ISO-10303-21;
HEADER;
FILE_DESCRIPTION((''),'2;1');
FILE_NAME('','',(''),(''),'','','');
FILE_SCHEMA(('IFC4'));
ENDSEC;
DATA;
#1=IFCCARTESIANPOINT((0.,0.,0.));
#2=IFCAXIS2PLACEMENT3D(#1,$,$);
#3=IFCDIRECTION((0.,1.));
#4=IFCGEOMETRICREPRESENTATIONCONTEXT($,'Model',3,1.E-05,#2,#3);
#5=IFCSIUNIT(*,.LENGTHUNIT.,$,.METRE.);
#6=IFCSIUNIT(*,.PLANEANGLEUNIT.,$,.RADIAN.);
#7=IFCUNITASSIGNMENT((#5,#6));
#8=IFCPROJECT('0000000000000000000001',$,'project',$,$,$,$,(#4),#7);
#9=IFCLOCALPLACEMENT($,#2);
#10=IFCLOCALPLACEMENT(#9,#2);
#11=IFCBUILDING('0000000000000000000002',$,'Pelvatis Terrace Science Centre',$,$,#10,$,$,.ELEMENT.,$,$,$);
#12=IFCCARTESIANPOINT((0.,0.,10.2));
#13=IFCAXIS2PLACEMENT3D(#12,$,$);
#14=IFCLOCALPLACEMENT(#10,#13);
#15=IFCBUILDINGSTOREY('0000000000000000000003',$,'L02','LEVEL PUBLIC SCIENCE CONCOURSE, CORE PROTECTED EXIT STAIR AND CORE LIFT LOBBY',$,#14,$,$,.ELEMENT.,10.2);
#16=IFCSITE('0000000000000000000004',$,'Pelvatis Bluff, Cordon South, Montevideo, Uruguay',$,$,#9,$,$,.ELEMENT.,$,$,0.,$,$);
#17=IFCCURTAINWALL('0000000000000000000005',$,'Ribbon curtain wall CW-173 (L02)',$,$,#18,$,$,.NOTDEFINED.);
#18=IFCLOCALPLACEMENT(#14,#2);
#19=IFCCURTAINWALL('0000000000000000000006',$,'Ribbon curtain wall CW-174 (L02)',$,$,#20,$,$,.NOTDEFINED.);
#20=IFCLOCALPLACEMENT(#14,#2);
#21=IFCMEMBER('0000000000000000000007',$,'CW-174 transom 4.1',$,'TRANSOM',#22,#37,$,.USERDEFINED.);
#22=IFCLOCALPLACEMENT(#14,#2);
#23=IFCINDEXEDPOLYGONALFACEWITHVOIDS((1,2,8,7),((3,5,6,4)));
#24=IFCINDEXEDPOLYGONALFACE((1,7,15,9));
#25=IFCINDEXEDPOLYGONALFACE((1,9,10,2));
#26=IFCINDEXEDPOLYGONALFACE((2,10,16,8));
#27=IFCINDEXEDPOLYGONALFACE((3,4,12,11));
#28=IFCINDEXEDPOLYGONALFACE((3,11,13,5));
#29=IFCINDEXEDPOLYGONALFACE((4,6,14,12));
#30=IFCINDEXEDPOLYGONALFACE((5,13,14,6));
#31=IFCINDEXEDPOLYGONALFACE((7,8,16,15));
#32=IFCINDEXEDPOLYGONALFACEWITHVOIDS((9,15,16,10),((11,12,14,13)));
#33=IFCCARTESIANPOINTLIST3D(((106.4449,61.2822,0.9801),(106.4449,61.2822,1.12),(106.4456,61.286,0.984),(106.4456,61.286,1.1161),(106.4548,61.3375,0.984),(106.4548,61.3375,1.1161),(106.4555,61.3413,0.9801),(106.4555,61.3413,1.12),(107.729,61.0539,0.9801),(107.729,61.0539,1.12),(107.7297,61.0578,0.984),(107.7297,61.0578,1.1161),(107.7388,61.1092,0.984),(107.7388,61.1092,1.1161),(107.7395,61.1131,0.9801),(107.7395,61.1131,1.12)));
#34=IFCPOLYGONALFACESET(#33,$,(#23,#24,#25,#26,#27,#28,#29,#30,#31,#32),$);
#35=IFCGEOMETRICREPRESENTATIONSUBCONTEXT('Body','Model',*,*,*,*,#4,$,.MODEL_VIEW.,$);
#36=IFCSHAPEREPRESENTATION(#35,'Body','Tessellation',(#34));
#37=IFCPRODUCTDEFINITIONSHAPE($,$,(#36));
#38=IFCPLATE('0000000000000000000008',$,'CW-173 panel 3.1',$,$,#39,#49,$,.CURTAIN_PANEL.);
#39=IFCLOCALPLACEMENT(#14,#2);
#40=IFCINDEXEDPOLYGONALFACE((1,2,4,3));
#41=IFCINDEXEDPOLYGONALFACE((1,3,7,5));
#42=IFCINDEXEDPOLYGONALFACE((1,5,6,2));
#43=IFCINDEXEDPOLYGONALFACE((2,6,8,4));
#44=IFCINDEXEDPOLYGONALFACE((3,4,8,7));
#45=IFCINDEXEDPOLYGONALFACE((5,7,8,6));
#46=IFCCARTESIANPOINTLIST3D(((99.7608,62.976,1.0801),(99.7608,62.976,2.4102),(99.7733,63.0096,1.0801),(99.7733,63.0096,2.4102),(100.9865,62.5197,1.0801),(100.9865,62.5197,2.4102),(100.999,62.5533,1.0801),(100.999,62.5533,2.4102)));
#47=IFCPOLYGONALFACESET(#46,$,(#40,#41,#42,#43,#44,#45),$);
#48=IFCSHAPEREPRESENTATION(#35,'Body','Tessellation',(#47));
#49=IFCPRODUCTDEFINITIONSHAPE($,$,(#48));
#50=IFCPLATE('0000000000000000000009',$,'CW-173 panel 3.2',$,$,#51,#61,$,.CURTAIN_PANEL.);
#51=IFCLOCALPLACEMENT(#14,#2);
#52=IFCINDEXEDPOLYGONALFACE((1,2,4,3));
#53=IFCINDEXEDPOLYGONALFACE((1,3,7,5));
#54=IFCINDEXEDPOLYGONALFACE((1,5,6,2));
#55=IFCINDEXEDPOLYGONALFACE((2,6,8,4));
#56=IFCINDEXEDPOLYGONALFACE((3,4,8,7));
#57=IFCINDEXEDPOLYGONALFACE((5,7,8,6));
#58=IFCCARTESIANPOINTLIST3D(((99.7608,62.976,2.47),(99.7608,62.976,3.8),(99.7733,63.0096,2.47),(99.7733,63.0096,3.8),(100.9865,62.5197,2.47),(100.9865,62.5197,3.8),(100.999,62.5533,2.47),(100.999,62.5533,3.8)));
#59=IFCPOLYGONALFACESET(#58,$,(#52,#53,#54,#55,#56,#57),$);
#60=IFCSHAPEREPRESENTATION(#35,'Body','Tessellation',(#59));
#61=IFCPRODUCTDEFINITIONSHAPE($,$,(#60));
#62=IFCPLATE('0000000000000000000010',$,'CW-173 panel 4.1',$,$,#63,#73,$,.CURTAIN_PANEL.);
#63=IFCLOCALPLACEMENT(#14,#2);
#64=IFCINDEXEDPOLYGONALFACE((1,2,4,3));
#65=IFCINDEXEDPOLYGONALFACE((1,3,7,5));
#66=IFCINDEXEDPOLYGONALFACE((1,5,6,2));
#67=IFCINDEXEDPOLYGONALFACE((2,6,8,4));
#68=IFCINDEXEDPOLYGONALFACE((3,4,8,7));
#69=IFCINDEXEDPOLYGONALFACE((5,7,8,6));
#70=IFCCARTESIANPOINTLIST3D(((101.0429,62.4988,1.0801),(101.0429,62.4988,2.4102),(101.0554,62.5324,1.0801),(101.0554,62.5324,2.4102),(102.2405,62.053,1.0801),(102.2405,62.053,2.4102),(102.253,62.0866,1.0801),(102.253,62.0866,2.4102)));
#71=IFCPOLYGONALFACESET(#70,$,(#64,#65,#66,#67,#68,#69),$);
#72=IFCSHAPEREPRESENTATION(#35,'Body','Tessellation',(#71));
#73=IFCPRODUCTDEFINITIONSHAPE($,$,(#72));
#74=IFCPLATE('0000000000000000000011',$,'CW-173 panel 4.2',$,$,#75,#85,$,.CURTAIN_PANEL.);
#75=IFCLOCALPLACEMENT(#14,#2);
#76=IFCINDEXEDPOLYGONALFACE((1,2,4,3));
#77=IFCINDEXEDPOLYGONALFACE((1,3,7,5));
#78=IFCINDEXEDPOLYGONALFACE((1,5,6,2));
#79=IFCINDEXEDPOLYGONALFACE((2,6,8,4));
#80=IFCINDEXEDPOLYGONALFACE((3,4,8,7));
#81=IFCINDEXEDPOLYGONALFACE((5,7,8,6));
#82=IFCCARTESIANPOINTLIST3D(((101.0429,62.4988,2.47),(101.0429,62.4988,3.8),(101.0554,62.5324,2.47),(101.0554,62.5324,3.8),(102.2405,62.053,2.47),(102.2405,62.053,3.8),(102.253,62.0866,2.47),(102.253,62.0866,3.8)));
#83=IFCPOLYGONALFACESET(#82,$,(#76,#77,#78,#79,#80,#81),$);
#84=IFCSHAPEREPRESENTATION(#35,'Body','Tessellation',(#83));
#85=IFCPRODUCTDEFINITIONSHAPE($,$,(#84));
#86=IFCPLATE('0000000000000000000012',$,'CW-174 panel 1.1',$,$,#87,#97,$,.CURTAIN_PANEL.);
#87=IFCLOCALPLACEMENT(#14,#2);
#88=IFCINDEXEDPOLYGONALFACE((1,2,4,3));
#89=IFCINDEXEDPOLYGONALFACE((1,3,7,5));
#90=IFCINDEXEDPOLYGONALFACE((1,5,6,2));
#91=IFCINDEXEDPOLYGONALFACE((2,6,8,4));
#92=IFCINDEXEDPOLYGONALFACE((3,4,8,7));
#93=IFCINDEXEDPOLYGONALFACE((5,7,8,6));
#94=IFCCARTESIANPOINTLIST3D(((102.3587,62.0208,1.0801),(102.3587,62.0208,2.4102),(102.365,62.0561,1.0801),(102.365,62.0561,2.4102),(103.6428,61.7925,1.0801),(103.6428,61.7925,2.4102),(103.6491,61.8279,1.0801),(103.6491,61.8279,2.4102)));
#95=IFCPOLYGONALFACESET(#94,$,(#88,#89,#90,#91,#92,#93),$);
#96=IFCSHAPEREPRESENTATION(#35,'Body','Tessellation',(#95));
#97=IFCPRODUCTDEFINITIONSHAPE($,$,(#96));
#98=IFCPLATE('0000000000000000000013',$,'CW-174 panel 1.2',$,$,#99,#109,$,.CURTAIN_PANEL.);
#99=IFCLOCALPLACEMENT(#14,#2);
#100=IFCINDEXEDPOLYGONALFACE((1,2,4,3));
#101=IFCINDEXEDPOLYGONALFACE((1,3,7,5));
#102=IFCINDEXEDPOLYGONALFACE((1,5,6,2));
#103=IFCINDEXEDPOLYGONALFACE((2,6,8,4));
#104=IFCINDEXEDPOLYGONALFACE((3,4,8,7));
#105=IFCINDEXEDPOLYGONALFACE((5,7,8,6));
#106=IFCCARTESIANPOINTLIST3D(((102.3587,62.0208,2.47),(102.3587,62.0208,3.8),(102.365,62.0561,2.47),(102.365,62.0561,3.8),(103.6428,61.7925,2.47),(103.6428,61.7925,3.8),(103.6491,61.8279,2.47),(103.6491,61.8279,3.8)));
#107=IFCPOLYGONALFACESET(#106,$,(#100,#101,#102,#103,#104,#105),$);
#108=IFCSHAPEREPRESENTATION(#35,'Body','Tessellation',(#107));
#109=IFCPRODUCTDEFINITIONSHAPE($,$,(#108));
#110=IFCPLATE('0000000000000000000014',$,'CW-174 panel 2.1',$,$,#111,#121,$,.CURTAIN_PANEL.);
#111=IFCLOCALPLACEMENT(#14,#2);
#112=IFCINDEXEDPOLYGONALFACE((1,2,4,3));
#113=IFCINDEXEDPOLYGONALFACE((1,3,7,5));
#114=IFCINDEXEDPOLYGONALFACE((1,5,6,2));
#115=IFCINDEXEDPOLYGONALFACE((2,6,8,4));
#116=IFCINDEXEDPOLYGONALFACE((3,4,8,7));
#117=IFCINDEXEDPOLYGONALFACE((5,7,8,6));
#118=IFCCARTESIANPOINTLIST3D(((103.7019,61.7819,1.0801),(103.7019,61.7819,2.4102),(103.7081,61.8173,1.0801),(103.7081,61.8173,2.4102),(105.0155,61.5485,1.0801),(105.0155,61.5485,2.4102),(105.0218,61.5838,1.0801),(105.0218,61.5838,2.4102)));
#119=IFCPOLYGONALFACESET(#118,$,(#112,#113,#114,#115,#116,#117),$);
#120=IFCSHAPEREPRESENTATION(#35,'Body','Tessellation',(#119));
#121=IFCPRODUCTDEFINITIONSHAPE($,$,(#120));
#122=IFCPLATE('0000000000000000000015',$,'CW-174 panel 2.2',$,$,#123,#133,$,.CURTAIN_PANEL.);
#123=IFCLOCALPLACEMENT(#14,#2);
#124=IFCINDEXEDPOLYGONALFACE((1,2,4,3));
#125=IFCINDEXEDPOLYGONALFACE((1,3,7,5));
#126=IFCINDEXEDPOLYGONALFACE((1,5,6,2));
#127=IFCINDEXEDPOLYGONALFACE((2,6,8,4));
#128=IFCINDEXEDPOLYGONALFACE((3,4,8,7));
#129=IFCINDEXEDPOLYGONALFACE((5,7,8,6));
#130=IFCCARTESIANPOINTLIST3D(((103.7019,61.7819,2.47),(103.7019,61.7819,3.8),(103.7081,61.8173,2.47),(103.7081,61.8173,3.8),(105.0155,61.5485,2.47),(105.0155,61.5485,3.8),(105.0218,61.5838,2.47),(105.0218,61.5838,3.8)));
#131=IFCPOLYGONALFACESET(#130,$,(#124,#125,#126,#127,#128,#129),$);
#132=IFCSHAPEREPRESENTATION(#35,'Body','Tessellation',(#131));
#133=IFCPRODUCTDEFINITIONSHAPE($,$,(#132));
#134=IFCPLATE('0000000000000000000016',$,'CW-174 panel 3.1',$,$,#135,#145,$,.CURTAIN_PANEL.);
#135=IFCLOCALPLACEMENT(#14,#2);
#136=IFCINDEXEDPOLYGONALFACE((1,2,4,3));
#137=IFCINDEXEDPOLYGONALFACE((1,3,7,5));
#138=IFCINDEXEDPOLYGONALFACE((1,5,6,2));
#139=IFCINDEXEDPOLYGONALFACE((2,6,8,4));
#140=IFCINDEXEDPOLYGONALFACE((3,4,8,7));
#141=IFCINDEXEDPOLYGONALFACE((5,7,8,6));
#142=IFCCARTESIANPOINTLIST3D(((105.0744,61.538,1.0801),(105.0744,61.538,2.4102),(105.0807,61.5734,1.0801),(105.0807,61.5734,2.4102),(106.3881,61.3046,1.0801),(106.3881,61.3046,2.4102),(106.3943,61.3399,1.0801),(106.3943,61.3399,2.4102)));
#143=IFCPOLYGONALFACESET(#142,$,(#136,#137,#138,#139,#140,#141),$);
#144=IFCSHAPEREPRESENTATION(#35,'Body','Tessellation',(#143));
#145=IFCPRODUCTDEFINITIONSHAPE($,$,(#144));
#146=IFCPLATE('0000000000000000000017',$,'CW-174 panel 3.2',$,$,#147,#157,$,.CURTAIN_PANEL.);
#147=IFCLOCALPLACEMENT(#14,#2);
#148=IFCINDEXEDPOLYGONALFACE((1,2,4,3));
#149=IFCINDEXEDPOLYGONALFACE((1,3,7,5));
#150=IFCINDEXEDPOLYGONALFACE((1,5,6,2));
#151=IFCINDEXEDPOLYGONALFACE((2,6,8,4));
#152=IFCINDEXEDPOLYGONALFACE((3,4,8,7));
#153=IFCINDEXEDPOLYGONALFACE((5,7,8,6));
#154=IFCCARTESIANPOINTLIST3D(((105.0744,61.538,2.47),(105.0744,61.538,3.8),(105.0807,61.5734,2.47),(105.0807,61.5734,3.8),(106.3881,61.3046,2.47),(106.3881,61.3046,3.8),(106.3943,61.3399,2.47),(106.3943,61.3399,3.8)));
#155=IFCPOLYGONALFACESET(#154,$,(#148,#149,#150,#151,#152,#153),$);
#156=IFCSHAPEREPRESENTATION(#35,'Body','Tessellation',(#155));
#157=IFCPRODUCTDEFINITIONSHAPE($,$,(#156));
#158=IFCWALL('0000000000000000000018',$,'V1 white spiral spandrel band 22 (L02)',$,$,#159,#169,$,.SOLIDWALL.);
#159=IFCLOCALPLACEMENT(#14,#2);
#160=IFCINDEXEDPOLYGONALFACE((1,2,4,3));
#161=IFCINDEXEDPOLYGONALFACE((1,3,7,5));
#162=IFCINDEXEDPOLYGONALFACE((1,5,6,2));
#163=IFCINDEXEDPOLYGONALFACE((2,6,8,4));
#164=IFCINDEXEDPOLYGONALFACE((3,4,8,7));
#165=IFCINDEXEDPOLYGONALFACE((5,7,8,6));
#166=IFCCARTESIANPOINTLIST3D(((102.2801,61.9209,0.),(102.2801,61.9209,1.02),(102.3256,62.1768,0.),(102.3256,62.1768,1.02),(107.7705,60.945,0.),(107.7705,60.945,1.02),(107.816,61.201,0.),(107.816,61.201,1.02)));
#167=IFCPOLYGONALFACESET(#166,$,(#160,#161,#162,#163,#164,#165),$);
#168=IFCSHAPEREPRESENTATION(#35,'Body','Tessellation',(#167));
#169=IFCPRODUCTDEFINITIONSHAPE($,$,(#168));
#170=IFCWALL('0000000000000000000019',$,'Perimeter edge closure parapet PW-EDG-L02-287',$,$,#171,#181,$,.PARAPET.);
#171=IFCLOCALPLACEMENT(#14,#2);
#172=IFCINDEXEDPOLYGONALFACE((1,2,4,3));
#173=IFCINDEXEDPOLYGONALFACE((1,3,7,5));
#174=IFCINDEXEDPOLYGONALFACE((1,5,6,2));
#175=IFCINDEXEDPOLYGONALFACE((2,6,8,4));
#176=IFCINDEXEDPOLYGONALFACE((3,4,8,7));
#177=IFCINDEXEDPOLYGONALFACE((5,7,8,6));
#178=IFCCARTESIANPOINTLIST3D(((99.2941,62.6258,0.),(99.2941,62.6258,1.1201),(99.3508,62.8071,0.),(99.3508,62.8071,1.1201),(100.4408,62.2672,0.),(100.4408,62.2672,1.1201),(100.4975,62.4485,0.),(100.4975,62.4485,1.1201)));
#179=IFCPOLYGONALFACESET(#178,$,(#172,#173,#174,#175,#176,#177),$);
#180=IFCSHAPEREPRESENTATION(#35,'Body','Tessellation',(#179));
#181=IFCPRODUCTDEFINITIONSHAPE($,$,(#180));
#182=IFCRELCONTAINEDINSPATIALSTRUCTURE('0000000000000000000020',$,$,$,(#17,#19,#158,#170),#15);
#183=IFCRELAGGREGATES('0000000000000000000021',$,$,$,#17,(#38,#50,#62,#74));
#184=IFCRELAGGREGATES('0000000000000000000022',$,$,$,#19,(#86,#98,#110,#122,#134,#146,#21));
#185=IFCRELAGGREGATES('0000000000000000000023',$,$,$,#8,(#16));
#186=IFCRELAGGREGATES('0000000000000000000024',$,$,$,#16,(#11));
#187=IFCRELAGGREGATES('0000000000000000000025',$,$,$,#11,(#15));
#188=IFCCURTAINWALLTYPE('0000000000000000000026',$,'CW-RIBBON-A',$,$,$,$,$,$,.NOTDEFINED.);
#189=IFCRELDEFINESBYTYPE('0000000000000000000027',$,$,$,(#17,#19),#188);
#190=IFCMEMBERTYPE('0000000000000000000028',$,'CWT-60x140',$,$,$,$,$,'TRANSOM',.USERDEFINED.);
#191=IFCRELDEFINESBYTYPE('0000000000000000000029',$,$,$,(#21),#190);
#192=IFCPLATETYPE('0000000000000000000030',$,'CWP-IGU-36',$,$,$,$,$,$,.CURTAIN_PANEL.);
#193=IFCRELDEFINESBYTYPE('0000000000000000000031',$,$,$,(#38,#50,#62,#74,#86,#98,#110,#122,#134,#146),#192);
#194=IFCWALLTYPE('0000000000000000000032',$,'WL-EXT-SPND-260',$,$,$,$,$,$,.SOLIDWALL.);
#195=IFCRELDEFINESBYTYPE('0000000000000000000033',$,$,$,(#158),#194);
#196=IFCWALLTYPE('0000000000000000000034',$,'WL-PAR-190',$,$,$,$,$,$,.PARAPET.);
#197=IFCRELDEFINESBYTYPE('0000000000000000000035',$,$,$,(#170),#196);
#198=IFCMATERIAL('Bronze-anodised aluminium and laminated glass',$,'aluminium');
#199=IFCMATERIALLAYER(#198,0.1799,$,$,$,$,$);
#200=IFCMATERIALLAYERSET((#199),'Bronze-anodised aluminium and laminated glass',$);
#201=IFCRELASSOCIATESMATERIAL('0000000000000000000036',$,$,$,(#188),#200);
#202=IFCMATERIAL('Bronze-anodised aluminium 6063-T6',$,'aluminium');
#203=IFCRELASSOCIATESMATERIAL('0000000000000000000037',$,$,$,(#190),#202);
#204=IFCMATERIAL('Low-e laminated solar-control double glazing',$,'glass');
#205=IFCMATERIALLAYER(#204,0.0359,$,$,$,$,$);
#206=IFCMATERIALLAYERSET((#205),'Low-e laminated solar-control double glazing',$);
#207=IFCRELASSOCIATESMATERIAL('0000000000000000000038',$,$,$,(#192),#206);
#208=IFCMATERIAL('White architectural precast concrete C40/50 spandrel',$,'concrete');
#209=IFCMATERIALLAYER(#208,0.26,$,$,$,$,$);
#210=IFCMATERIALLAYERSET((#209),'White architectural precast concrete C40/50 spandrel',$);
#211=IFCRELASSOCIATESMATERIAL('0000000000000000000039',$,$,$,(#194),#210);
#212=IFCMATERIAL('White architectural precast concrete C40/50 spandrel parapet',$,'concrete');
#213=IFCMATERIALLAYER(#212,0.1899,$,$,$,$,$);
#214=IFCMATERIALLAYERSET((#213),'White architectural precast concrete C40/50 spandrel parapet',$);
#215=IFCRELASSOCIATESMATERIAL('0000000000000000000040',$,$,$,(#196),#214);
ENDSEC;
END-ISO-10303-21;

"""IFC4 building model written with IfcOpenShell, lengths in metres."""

from ifc_helpers import new_model, si_unit, direction, frame, frame_2d, origin, origin_2d, place, context, subcontext, project, spatial, rectangle, hollow_rectangle, extrude, material, layer, layer_set, material_profile, profile_set, type_object, element, aggregate, save


model = new_model("IFC4")

# Units and contexts
model_context = context("Model", 3, precision=1e-05, world=origin(), true_north=direction((0.0, 1.0)))
body_context = subcontext(model_context, "Body", "Model", "MODEL_VIEW")
ifc_project = project(units=[si_unit("LENGTHUNIT", "METRE"), si_unit("PLANEANGLEUNIT", "RADIAN")], contexts=[model_context])

# Site, building, storey
site_placement = place(None, origin())
site = spatial("IfcSite", under=ifc_project, at=site_placement, Name="Pelvatis Bluff, Cordon South, Montevideo, Uruguay", CompositionType="ELEMENT", RefElevation=0.0)
building_placement = place(site_placement, origin())
building = spatial("IfcBuilding", under=site, at=building_placement, Name="Pelvatis Terrace Science Centre", CompositionType="ELEMENT")
storey_placement = place(building_placement, frame((0.0, 0.0, 10.2)))
storey = spatial("IfcBuildingStorey", under=building, at=storey_placement, Name="L02", Description="LEVEL PUBLIC SCIENCE CONCOURSE, CORE PROTECTED EXIT STAIR AND CORE LIFT LOBBY", CompositionType="ELEMENT", Elevation=10.2)

# Curtain walls
ifc_material_1 = material(Name="Bronze-anodised aluminium and laminated glass", Category="aluminium")
ifc_layer_1 = layer(ifc_material_1, 0.1799)
ifc_layer_set_1 = layer_set([ifc_layer_1], Name="Bronze-anodised aluminium and laminated glass")
curtain_wall_type = type_object("IfcCurtainWallType", Name="CW-RIBBON-A", PredefinedType="NOTDEFINED", material=ifc_layer_set_1)
curtain_wall_1_placement = place(storey_placement, origin())
curtain_wall_1 = element("IfcCurtainWall", 1, at=curtain_wall_1_placement, inside=storey, type_object=curtain_wall_type, Name="Ribbon curtain wall CW-173 (L02)", PredefinedType="NOTDEFINED")
curtain_wall_2_placement = place(storey_placement, origin())
curtain_wall_2 = element("IfcCurtainWall", 2, at=curtain_wall_2_placement, inside=storey, type_object=curtain_wall_type, Name="Ribbon curtain wall CW-174 (L02)", PredefinedType="NOTDEFINED")

# Member
ifc_material_2 = material(Name="Bronze-anodised aluminium 6063-T6", Category="aluminium")
ifc_material_profile_1 = material_profile(ifc_material_2, hollow_rectangle(XDim=0.0601, YDim=0.1399, WallThickness=0.0039, at=origin_2d()), Name="ALU-TRN 60x140")
ifc_profile_set_1 = profile_set([ifc_material_profile_1], Name="Bronze-anodised aluminium 6063-T6")
member_type_1 = type_object("IfcMemberType", Name="CWT-60x140", ElementType="TRANSOM", PredefinedType="USERDEFINED", material=ifc_profile_set_1)
member_1_placement = place(storey_placement, frame((106.4502, 61.3118, 1.05), z_axis=(0.984566, -0.175013, 0.0), x_axis=(0.175013, 0.984566, 0.0)))
member_1 = element("IfcMember", 3, at=member_1_placement, type_object=member_type_1, Name="CW-174 transom 4.1", ObjectType="TRANSOM", PredefinedType="USERDEFINED", context=body_context, shape_type="SweptSolid", body=[
    extrude(hollow_rectangle(XDim=0.0601, YDim=0.1399, WallThickness=0.0039, at=origin_2d()), origin(), (0.0, 0.0, 1.0), 1.3042),
])

# Plates
ifc_material_3 = material(Name="Low-e laminated solar-control double glazing", Category="glass")
ifc_layer_2 = layer(ifc_material_3, 0.0359)
ifc_layer_set_2 = layer_set([ifc_layer_2], Name="Low-e laminated solar-control double glazing")
plate_type = type_object("IfcPlateType", Name="CWP-IGU-36", PredefinedType="CURTAIN_PANEL", material=ifc_layer_set_2)
plate_1_placement = place(storey_placement, frame((100.3799, 62.7646, 1.0801), z_axis=(0.0, 0.0, 1.0), x_axis=(0.937171, -0.348869, 0.0)))
plate_1 = element("IfcPlate", 4, at=plate_1_placement, type_object=plate_type, Name="CW-173 panel 3.1", PredefinedType="CURTAIN_PANEL", context=body_context, shape_type="SweptSolid", body=[
    extrude(rectangle(XDim=1.3079, YDim=0.0359, at=origin_2d()), origin(), (0.0, 0.0, 1.0), 1.3301),
])
plate_2_placement = place(storey_placement, frame((100.3799, 62.7646, 2.47), z_axis=(0.0, 0.0, 1.0), x_axis=(0.937171, -0.348869, 0.0)))
plate_2 = element("IfcPlate", 5, at=plate_2_placement, type_object=plate_type, Name="CW-173 panel 3.2", PredefinedType="CURTAIN_PANEL", context=body_context, shape_type="SweptSolid", body=[
    extrude(rectangle(XDim=1.3079, YDim=0.0359, at=origin_2d()), origin(), (0.0, 0.0, 1.0), 1.3301),
])
plate_3_placement = place(storey_placement, frame((101.6479, 62.2927, 1.0801), z_axis=(0.0, 0.0, 1.0), x_axis=(0.937171, -0.348869, 0.0)))
plate_3 = element("IfcPlate", 6, at=plate_3_placement, type_object=plate_type, Name="CW-173 panel 4.1", PredefinedType="CURTAIN_PANEL", context=body_context, shape_type="SweptSolid", body=[
    extrude(rectangle(XDim=1.2778, YDim=0.0359, at=origin_2d()), origin(), (0.0, 0.0, 1.0), 1.3301),
])
plate_4_placement = place(storey_placement, frame((101.6479, 62.2927, 2.47), z_axis=(0.0, 0.0, 1.0), x_axis=(0.937171, -0.348869, 0.0)))
plate_4 = element("IfcPlate", 7, at=plate_4_placement, type_object=plate_type, Name="CW-173 panel 4.2", PredefinedType="CURTAIN_PANEL", context=body_context, shape_type="SweptSolid", body=[
    extrude(rectangle(XDim=1.2778, YDim=0.0359, at=origin_2d()), origin(), (0.0, 0.0, 1.0), 1.3301),
])
aggregate(curtain_wall_1, [plate_1, plate_2, plate_3, plate_4])
plate_5_placement = place(storey_placement, frame((103.0039, 61.9243, 1.0801), z_axis=(0.0, 0.0, 1.0), x_axis=(0.984571, -0.174983, 0.0)))
plate_5 = element("IfcPlate", 8, at=plate_5_placement, type_object=plate_type, Name="CW-174 panel 1.1", PredefinedType="CURTAIN_PANEL", context=body_context, shape_type="SweptSolid", body=[
    extrude(rectangle(XDim=1.3042, YDim=0.0359, at=origin_2d()), origin(), (0.0, 0.0, 1.0), 1.3301),
])
plate_6_placement = place(storey_placement, frame((103.0039, 61.9243, 2.47), z_axis=(0.0, 0.0, 1.0), x_axis=(0.984571, -0.174983, 0.0)))
plate_6 = element("IfcPlate", 9, at=plate_6_placement, type_object=plate_type, Name="CW-174 panel 1.2", PredefinedType="CURTAIN_PANEL", context=body_context, shape_type="SweptSolid", body=[
    extrude(rectangle(XDim=1.3042, YDim=0.0359, at=origin_2d()), origin(), (0.0, 0.0, 1.0), 1.3301),
])
plate_7_placement = place(storey_placement, frame((104.3618, 61.6829, 1.0801), z_axis=(0.0, 0.0, 1.0), x_axis=(0.984571, -0.174983, 0.0)))
plate_7 = element("IfcPlate", 10, at=plate_7_placement, type_object=plate_type, Name="CW-174 panel 2.1", PredefinedType="CURTAIN_PANEL", context=body_context, shape_type="SweptSolid", body=[
    extrude(rectangle(XDim=1.3342, YDim=0.0359, at=origin_2d()), origin(), (0.0, 0.0, 1.0), 1.3301),
])
plate_8_placement = place(storey_placement, frame((104.3618, 61.6829, 2.47), z_axis=(0.0, 0.0, 1.0), x_axis=(0.984571, -0.174983, 0.0)))
plate_8 = element("IfcPlate", 11, at=plate_8_placement, type_object=plate_type, Name="CW-174 panel 2.2", PredefinedType="CURTAIN_PANEL", context=body_context, shape_type="SweptSolid", body=[
    extrude(rectangle(XDim=1.3342, YDim=0.0359, at=origin_2d()), origin(), (0.0, 0.0, 1.0), 1.3301),
])
plate_9_placement = place(storey_placement, frame((105.7344, 61.439, 1.0801), z_axis=(0.0, 0.0, 1.0), x_axis=(0.984571, -0.174983, 0.0)))
plate_9 = element("IfcPlate", 12, at=plate_9_placement, type_object=plate_type, Name="CW-174 panel 3.1", PredefinedType="CURTAIN_PANEL", context=body_context, shape_type="SweptSolid", body=[
    extrude(rectangle(XDim=1.3342, YDim=0.0359, at=origin_2d()), origin(), (0.0, 0.0, 1.0), 1.3301),
])
plate_10_placement = place(storey_placement, frame((105.7344, 61.439, 2.47), z_axis=(0.0, 0.0, 1.0), x_axis=(0.984571, -0.174983, 0.0)))
plate_10 = element("IfcPlate", 13, at=plate_10_placement, type_object=plate_type, Name="CW-174 panel 3.2", PredefinedType="CURTAIN_PANEL", context=body_context, shape_type="SweptSolid", body=[
    extrude(rectangle(XDim=1.3342, YDim=0.0359, at=origin_2d()), origin(), (0.0, 0.0, 1.0), 1.3301),
])
aggregate(curtain_wall_2, [plate_5, plate_6, plate_7, plate_8, plate_9, plate_10, member_1])

# Walls
ifc_material_4 = material(Name="White architectural precast concrete C40/50 spandrel", Category="concrete")
ifc_layer_3 = layer(ifc_material_4, 0.26)
ifc_layer_set_3 = layer_set([ifc_layer_3], Name="White architectural precast concrete C40/50 spandrel")
wall_type_1 = type_object("IfcWallType", Name="WL-EXT-SPND-260", PredefinedType="SOLIDWALL", material=ifc_layer_set_3)
wall_1_placement = place(storey_placement, frame((102.303, 62.0488, 0.0), z_axis=(0.0, 0.0, 1.0), x_axis=(0.98457, -0.174989, 0.0)))
element("IfcWall", 14, at=wall_1_placement, inside=storey, type_object=wall_type_1, Name="V1 white spiral spandrel band 22 (L02)", PredefinedType="SOLIDWALL", context=body_context, shape_type="SweptSolid", body=[
    extrude(rectangle(XDim=5.5764, YDim=0.26, at=frame_2d((2.7881, 0.0))), origin(), (0.0, 0.0, 1.0), 1.02),
])
ifc_material_5 = material(Name="White architectural precast concrete C40/50 spandrel parapet", Category="concrete")
ifc_layer_4 = layer(ifc_material_5, 0.1899)
ifc_layer_set_4 = layer_set([ifc_layer_4], Name="White architectural precast concrete C40/50 spandrel parapet")
wall_type_2 = type_object("IfcWallType", Name="WL-PAR-190", PredefinedType="PARAPET", material=ifc_layer_set_4)
wall_2_placement = place(storey_placement, frame((100.469, 62.3579, 0.0), z_axis=(0.0, 0.0, 1.0), x_axis=(-0.954411, 0.298495, 0.0)))
element("IfcWall", 15, at=wall_2_placement, inside=storey, type_object=wall_type_2, Name="Perimeter edge closure parapet PW-EDG-L02-287", PredefinedType="PARAPET", context=body_context, shape_type="SweptSolid", body=[
    extrude(rectangle(XDim=1.2014, YDim=0.1899, at=frame_2d((0.6006, 0.0))), origin(), (0.0, 0.0, 1.0), 1.1201),
])

save(model, "model.ifc")
